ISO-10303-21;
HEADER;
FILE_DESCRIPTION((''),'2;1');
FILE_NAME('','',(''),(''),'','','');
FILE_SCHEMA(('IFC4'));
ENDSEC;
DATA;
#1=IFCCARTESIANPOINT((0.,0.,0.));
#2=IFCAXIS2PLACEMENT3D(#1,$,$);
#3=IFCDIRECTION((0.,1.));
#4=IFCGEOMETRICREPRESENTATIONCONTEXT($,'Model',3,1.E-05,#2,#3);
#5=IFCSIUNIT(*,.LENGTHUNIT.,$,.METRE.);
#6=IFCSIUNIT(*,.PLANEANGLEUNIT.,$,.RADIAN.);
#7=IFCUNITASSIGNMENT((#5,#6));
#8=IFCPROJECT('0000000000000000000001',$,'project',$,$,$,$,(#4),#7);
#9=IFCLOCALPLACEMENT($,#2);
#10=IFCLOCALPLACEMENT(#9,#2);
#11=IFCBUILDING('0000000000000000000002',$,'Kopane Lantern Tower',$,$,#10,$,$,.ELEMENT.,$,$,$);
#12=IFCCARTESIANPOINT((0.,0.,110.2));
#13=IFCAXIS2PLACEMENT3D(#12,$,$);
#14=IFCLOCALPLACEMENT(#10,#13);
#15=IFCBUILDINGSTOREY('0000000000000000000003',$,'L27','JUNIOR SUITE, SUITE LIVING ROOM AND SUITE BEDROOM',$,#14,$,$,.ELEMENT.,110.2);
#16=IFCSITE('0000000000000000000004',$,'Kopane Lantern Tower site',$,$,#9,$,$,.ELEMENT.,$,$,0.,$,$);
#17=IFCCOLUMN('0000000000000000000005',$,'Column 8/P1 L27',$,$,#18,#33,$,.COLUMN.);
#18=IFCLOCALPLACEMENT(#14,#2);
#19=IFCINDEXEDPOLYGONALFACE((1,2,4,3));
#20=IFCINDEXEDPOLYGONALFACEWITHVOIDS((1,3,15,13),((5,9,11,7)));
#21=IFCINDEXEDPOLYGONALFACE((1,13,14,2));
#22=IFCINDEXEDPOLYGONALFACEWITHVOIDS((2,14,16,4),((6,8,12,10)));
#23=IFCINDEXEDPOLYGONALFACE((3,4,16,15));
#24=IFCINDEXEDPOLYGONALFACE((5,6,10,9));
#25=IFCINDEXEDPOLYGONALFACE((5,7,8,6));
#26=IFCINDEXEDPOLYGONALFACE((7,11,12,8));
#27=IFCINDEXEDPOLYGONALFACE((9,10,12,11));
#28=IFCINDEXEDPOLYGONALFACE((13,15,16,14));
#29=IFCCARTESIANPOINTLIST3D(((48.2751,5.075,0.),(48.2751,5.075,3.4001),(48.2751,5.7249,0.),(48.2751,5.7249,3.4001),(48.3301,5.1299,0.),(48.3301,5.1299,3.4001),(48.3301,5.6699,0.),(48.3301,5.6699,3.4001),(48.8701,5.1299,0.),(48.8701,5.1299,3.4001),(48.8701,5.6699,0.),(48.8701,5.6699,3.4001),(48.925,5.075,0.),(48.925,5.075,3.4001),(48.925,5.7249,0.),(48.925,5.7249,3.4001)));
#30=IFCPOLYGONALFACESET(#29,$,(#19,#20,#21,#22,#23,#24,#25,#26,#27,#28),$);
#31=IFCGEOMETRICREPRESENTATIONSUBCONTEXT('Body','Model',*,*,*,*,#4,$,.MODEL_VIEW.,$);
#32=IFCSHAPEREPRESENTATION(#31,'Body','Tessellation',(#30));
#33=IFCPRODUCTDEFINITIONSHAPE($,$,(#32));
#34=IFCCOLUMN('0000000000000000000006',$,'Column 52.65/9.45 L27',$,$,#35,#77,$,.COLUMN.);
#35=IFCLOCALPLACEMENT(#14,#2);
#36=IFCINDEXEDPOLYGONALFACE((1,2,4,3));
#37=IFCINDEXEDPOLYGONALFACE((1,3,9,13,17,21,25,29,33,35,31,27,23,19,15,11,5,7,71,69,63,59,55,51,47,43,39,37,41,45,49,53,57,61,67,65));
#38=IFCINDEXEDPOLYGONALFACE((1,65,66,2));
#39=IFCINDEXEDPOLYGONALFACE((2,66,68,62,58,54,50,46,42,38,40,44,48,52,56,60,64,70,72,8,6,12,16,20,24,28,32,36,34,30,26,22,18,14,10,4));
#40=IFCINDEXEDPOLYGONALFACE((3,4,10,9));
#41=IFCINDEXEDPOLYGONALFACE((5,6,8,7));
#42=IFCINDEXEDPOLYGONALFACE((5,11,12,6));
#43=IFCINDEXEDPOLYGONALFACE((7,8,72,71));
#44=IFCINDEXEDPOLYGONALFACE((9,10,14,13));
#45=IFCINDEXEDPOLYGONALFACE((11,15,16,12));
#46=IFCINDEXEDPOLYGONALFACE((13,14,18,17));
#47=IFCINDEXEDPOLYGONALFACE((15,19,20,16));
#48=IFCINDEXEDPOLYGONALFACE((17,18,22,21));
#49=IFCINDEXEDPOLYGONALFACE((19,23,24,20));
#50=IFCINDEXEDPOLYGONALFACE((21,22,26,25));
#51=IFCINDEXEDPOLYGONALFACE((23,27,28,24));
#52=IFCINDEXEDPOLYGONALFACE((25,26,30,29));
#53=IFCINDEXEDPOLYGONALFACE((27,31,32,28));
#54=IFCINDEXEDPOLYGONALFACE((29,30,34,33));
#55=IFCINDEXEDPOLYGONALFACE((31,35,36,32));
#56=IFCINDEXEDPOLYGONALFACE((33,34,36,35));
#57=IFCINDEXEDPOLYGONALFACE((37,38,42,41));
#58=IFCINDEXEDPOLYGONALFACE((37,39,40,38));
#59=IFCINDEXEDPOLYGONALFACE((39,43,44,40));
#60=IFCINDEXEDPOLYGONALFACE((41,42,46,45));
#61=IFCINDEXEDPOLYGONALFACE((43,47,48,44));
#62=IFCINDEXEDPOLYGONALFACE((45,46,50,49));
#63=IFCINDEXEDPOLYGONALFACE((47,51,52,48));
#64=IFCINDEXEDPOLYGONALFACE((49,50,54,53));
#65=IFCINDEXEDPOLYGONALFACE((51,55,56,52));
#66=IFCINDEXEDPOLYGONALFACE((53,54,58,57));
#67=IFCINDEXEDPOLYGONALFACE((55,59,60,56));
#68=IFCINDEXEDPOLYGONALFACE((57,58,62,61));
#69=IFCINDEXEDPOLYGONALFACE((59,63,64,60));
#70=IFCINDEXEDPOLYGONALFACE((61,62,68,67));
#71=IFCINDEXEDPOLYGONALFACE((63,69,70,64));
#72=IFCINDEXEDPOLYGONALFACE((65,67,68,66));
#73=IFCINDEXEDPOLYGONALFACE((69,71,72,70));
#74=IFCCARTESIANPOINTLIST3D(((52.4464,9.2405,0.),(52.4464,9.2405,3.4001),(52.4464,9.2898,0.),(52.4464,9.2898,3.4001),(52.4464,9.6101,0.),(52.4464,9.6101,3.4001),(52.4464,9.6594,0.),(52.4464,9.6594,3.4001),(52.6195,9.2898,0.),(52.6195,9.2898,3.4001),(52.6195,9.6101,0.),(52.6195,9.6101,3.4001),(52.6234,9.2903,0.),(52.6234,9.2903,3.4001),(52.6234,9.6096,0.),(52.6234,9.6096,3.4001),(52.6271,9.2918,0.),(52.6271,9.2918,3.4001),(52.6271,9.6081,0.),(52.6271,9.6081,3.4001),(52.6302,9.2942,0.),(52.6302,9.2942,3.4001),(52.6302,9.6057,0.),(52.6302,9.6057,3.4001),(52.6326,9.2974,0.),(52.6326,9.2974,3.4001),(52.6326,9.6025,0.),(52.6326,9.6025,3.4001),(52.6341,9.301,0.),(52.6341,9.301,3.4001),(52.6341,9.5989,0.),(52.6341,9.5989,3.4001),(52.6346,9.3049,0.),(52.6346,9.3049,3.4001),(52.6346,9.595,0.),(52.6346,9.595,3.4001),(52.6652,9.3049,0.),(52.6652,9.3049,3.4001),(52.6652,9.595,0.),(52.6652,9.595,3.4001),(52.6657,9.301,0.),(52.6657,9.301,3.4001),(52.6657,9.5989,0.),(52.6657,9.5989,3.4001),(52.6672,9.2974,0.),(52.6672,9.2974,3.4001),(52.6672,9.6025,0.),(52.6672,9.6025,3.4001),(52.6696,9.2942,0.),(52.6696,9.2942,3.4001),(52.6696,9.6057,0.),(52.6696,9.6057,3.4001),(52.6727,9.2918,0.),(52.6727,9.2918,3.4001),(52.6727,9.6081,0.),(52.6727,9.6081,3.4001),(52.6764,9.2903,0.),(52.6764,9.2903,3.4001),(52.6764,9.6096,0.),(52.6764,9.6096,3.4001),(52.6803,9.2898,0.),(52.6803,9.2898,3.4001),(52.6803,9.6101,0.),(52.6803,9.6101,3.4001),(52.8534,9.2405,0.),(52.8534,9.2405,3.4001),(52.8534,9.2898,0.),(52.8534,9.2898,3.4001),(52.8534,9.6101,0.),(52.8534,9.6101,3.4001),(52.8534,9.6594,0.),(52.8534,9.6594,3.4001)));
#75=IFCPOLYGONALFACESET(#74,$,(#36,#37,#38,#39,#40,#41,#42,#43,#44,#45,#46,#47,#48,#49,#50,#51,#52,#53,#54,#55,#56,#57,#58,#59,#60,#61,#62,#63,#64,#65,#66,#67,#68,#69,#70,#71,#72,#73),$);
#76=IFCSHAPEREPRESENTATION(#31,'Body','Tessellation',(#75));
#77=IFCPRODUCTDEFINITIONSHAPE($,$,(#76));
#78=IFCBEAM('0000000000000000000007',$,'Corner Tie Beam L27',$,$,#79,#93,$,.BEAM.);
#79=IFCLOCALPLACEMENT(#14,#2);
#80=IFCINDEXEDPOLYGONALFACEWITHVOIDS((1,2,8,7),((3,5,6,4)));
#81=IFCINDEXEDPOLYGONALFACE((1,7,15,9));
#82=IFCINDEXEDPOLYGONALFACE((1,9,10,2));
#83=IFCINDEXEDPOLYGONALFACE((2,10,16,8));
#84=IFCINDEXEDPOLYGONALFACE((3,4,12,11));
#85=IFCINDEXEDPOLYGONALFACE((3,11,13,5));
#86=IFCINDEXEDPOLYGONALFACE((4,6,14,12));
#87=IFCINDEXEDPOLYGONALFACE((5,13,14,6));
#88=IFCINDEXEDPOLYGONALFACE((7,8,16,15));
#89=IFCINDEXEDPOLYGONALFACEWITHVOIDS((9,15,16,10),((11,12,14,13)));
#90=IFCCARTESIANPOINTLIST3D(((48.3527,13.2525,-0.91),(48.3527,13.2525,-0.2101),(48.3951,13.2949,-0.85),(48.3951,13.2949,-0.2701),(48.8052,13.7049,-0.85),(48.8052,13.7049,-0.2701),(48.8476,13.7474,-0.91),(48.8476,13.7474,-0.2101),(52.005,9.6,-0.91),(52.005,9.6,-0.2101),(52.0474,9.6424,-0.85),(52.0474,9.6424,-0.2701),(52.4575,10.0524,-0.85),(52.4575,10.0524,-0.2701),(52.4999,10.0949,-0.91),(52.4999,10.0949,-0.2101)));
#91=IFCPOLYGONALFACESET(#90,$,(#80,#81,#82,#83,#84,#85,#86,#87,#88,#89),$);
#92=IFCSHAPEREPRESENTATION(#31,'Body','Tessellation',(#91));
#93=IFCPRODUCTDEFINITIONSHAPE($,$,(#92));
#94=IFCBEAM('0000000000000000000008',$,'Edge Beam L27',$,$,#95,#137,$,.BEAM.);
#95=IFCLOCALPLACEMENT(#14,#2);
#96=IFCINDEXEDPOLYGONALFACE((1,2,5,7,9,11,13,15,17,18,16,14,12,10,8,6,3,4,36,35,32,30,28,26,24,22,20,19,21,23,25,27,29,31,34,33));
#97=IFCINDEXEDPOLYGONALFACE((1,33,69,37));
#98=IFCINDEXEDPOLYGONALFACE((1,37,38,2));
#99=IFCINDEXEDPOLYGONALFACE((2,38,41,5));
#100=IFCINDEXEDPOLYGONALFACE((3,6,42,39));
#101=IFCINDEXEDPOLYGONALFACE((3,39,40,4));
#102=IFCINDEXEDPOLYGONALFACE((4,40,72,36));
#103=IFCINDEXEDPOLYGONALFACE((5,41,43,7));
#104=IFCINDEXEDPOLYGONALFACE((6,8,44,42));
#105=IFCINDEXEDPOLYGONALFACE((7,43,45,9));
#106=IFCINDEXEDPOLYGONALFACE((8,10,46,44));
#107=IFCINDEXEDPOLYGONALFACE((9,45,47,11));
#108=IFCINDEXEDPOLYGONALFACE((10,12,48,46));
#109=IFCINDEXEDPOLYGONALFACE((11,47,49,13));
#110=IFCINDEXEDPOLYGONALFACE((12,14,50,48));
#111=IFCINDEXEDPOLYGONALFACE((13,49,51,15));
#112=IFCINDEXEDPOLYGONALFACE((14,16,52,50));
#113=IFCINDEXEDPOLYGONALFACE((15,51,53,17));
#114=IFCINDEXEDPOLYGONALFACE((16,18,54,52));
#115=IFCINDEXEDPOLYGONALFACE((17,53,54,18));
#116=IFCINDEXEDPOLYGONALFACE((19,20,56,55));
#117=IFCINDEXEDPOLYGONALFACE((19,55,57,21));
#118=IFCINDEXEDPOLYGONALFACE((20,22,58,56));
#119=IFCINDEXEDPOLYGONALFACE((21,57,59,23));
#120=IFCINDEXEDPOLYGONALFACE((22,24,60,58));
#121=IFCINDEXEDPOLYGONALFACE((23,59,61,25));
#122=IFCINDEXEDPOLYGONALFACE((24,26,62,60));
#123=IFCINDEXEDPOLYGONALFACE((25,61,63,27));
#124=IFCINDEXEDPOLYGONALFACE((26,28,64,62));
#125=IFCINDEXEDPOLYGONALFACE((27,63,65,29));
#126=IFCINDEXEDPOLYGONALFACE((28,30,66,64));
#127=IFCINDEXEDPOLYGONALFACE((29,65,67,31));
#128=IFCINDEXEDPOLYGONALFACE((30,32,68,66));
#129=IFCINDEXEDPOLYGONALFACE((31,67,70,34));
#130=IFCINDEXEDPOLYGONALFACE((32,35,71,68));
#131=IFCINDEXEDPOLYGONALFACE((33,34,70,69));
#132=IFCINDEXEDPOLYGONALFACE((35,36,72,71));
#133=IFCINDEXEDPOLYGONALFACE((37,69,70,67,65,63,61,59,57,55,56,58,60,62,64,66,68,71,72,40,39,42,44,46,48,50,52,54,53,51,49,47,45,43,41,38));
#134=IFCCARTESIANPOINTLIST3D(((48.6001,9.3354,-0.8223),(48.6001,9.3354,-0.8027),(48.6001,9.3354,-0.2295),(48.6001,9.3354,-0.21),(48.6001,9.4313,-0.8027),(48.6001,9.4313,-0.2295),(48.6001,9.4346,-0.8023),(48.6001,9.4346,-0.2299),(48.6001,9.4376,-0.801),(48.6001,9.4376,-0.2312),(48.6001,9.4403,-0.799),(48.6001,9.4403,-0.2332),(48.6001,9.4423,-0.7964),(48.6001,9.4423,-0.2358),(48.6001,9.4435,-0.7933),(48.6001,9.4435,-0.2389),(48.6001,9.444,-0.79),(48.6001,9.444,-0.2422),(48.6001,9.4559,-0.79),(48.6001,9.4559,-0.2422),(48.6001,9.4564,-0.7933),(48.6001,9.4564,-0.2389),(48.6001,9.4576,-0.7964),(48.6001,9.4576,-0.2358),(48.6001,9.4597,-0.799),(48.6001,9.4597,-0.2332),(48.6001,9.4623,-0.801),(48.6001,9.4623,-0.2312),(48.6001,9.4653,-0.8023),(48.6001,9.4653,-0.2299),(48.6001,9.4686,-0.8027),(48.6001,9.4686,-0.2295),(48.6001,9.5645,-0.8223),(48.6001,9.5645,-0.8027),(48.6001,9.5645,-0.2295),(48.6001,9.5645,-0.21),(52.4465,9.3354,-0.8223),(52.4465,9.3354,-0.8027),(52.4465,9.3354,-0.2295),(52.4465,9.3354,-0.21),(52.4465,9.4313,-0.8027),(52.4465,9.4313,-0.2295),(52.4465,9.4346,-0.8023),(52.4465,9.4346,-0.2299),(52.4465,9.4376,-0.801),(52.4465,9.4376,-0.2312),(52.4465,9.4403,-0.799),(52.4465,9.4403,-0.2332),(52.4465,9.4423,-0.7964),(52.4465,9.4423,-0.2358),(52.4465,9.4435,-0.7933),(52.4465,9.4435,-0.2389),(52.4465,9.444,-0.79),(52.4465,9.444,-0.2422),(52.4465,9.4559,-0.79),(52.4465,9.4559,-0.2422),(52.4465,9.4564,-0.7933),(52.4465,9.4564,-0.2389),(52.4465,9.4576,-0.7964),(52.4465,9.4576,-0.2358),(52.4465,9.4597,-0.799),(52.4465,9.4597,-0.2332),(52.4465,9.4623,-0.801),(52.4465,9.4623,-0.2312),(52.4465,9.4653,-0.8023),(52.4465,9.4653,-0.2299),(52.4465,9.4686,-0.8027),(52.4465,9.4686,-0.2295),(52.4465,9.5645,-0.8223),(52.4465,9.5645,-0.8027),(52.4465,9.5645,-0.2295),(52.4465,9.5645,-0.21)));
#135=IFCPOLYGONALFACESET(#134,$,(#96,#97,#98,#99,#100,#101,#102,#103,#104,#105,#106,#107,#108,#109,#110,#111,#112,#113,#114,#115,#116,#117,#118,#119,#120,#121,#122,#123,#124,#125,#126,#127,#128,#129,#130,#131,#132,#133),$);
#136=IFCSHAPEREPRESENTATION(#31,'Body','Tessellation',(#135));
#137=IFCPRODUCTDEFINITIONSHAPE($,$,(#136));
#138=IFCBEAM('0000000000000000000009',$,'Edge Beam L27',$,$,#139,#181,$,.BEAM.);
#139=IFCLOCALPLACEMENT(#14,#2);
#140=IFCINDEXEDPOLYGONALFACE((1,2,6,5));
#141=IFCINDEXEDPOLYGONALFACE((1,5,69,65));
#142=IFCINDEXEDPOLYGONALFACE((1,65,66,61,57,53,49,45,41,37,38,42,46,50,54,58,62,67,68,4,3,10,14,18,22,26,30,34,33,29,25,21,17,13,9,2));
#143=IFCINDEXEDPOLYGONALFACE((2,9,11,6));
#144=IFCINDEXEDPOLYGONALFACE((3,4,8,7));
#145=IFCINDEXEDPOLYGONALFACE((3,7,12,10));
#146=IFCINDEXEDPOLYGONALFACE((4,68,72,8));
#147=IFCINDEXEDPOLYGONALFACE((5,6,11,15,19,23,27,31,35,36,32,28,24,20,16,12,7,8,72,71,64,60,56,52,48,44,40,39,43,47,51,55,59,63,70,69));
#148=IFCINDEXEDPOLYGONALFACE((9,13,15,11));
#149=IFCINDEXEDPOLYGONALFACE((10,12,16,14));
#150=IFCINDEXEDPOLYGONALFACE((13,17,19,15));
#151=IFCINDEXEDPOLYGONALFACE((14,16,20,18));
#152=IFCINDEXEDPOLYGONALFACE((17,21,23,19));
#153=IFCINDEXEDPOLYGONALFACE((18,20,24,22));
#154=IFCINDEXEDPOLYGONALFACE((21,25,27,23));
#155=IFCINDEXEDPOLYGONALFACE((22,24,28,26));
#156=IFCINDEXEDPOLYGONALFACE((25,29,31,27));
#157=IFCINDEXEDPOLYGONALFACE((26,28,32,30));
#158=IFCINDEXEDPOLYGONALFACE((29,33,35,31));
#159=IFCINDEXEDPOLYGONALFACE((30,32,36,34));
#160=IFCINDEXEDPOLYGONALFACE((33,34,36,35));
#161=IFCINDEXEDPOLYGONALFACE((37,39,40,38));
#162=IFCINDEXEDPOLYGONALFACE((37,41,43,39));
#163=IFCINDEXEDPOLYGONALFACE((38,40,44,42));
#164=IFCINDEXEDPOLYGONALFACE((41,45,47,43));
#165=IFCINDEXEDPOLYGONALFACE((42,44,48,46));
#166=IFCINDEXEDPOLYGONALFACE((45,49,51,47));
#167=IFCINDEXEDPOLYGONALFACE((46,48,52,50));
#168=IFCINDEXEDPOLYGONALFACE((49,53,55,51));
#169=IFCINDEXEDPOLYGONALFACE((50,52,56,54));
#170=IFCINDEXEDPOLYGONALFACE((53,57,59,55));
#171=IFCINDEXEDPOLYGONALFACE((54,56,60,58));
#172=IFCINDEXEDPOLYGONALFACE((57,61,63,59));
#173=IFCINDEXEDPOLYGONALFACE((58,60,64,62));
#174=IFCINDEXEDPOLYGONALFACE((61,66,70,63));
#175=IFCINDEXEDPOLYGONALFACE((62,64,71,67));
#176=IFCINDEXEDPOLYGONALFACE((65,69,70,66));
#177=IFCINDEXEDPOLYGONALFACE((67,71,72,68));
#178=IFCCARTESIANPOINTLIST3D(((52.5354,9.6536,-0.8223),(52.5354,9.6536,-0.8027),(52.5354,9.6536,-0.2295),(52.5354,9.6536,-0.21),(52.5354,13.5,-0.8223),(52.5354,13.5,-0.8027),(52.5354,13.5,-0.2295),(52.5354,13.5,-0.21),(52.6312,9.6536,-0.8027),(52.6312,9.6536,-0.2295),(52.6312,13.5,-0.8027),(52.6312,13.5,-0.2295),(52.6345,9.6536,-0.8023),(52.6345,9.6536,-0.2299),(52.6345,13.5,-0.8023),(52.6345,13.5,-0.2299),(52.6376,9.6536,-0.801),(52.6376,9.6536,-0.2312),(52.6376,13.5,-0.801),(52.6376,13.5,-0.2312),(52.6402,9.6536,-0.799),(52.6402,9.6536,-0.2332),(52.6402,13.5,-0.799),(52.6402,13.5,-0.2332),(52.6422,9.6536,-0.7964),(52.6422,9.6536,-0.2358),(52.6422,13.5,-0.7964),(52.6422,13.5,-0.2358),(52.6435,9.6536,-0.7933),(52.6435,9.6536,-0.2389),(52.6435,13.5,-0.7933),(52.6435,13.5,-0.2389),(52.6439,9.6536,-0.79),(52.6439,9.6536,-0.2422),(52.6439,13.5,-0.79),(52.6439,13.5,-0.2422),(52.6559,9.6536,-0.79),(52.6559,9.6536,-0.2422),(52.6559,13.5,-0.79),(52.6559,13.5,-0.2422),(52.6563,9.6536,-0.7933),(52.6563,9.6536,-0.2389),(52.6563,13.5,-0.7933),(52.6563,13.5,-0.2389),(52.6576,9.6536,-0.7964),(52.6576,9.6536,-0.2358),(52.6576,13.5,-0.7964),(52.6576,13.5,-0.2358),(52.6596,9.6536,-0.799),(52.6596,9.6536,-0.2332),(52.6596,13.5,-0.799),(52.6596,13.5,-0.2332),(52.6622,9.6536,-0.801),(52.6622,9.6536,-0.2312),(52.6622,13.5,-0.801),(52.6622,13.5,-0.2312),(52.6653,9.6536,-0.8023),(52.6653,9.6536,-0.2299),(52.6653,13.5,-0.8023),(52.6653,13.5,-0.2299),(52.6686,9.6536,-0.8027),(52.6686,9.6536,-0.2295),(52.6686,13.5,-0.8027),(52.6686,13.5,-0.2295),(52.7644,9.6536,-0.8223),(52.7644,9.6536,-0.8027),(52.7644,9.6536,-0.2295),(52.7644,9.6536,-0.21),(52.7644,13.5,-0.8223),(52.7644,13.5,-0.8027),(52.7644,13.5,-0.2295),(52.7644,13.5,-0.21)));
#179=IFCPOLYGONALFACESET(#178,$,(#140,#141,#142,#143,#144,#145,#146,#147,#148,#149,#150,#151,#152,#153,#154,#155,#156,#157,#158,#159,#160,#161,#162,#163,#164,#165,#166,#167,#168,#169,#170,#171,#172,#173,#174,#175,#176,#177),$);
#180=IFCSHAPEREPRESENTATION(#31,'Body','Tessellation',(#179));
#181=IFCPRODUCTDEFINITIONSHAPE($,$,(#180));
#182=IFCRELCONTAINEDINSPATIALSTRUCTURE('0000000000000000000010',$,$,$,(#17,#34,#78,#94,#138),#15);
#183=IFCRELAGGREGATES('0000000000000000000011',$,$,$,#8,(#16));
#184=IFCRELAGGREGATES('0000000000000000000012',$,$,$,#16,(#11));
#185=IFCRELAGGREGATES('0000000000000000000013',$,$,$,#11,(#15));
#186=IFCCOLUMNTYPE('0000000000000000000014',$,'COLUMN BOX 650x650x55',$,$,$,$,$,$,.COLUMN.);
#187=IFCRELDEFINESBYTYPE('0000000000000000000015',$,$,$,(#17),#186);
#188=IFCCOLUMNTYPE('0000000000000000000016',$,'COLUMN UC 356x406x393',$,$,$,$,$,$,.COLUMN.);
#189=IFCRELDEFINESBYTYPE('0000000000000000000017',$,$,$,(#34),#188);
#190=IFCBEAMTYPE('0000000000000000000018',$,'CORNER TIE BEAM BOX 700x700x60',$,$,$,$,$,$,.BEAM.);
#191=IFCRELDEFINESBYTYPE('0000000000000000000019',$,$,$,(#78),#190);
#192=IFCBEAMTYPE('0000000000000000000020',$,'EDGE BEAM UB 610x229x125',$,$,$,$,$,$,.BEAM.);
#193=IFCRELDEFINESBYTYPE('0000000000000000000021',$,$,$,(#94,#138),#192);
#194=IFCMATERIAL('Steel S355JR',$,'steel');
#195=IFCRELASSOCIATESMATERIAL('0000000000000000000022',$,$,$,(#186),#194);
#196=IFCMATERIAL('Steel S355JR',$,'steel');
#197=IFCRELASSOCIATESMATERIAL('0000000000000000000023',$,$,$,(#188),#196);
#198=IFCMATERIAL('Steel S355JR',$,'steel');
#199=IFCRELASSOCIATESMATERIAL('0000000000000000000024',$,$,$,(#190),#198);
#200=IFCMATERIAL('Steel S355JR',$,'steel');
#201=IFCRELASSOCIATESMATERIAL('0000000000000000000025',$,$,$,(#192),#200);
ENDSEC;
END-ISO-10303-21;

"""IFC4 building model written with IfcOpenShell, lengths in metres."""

from ifc_helpers import new_model, si_unit, direction, frame, origin, origin_2d, place, context, subcontext, project, spatial, hollow_rectangle, i_section, extrude, material, material_profile, profile_set, type_object, element, save


model = new_model("IFC4")

# Units and contexts
model_context = context("Model", 3, precision=1e-05, world=origin(), true_north=direction((0.0, 1.0)))
body_context = subcontext(model_context, "Body", "Model", "MODEL_VIEW")
ifc_project = project(units=[si_unit("LENGTHUNIT", "METRE"), si_unit("PLANEANGLEUNIT", "RADIAN")], contexts=[model_context])

# Site, building, storey
site_placement = place(None, origin())
site = spatial("IfcSite", under=ifc_project, at=site_placement, Name="Kopane Lantern Tower site", CompositionType="ELEMENT", RefElevation=0.0)
building_placement = place(site_placement, origin())
building = spatial("IfcBuilding", under=site, at=building_placement, Name="Kopane Lantern Tower", CompositionType="ELEMENT")
storey_placement = place(building_placement, frame((0.0, 0.0, 110.2)))
storey = spatial("IfcBuildingStorey", under=building, at=storey_placement, Name="L27", Description="JUNIOR SUITE, SUITE LIVING ROOM AND SUITE BEDROOM", CompositionType="ELEMENT", Elevation=110.2)

# Columns
ifc_material_1 = material(Name="Steel S355JR", Category="steel")
ifc_material_profile_1 = material_profile(ifc_material_1, hollow_rectangle(XDim=0.6499, YDim=0.6499, WallThickness=0.0549, at=origin_2d()), Name="BOX 650x650x55")
ifc_profile_set_1 = profile_set([ifc_material_profile_1], Name="Steel S355JR")
column_type_1 = type_object("IfcColumnType", Name="COLUMN BOX 650x650x55", PredefinedType="COLUMN", material=ifc_profile_set_1)
column_1_placement = place(storey_placement, frame((48.6001, 5.3999, 0.0), z_axis=(0.0, 0.0, 1.0), x_axis=(1.0, 0.0, 0.0)))
element("IfcColumn", 1, at=column_1_placement, inside=storey, type_object=column_type_1, Name="Column 8/P1 L27", PredefinedType="COLUMN", context=body_context, shape_type="SweptSolid", body=[
    extrude(hollow_rectangle(XDim=0.6499, YDim=0.6499, WallThickness=0.0549, at=origin_2d()), origin(), (0.0, 0.0, 1.0), 3.4001),
])
ifc_material_2 = material(Name="Steel S355JR", Category="steel")
ifc_material_profile_2 = material_profile(ifc_material_2, i_section(OverallWidth=0.407, OverallDepth=0.4189, WebThickness=0.0305, FlangeThickness=0.0493, FilletRadius=0.0151, at=origin_2d()), Name="UC 356x406x393")
ifc_profile_set_2 = profile_set([ifc_material_profile_2], Name="Steel S355JR")
column_type_2 = type_object("IfcColumnType", Name="COLUMN UC 356x406x393", PredefinedType="COLUMN", material=ifc_profile_set_2)
column_2_placement = place(storey_placement, frame((52.6499, 9.45, 0.0), z_axis=(0.0, 0.0, 1.0), x_axis=(1.0, 0.0, 0.0)))
element("IfcColumn", 2, at=column_2_placement, inside=storey, type_object=column_type_2, Name="Column 52.65/9.45 L27", PredefinedType="COLUMN", context=body_context, shape_type="SweptSolid", body=[
    extrude(i_section(OverallWidth=0.407, OverallDepth=0.4189, WebThickness=0.0305, FlangeThickness=0.0493, FilletRadius=0.0151, at=origin_2d()), origin(), (0.0, 0.0, 1.0), 3.4001),
])

# Beams
ifc_material_3 = material(Name="Steel S355JR", Category="steel")
ifc_material_profile_3 = material_profile(ifc_material_3, hollow_rectangle(XDim=0.7, YDim=0.7, WallThickness=0.0601, at=origin_2d()), Name="BOX 700x700x60")
ifc_profile_set_3 = profile_set([ifc_material_profile_3], Name="Steel S355JR")
beam_type_1 = type_object("IfcBeamType", Name="CORNER TIE BEAM BOX 700x700x60", PredefinedType="BEAM", material=ifc_profile_set_3)
beam_1_placement = place(storey_placement, frame((52.2524, 9.8474, -0.5601), z_axis=(-0.707083, 0.70713, 0.0), x_axis=(-0.70713, -0.707083, 0.0)))
element("IfcBeam", 3, at=beam_1_placement, inside=storey, type_object=beam_type_1, Name="Corner Tie Beam L27", PredefinedType="BEAM", context=body_context, shape_type="SweptSolid", body=[
    extrude(hollow_rectangle(XDim=0.7, YDim=0.7, WallThickness=0.0601, at=origin_2d()), origin(), (0.0, 0.0, 1.0), 5.1653),
])
ifc_material_4 = material(Name="Steel S355JR", Category="steel")
ifc_material_profile_4 = material_profile(ifc_material_4, i_section(OverallWidth=0.229, OverallDepth=0.6123, WebThickness=0.012, FlangeThickness=0.0195, FilletRadius=0.0127, at=origin_2d()), Name="UB 610x229x125")
ifc_profile_set_4 = profile_set([ifc_material_profile_4], Name="Steel S355JR")
beam_type_2 = type_object("IfcBeamType", Name="EDGE BEAM UB 610x229x125", PredefinedType="BEAM", material=ifc_profile_set_4)
for number, where, z_axis, x_axis, name in (
    (4, (52.4465, 9.45, -0.5161), (-1.0, 0.0, 0.0), (0.0, -1.0, 0.0), "Edge Beam L27"),
    (5, (52.6499, 9.6536, -0.5161), (0.0, 1.0, 0.0), (-1.0, 0.0, 0.0), "Edge Beam L27"),
):
    element("IfcBeam", number, at=place(storey_placement, frame(where, z_axis=z_axis, x_axis=x_axis)), inside=storey, type_object=beam_type_2, Name=name, PredefinedType="BEAM", context=body_context, shape_type="SweptSolid", body=[
        extrude(i_section(OverallWidth=0.229, OverallDepth=0.6123, WebThickness=0.012, FlangeThickness=0.0195, FilletRadius=0.0127, at=origin_2d()), origin(), (0.0, 0.0, 1.0), 3.8464),
    ])

save(model, "model.ifc")
